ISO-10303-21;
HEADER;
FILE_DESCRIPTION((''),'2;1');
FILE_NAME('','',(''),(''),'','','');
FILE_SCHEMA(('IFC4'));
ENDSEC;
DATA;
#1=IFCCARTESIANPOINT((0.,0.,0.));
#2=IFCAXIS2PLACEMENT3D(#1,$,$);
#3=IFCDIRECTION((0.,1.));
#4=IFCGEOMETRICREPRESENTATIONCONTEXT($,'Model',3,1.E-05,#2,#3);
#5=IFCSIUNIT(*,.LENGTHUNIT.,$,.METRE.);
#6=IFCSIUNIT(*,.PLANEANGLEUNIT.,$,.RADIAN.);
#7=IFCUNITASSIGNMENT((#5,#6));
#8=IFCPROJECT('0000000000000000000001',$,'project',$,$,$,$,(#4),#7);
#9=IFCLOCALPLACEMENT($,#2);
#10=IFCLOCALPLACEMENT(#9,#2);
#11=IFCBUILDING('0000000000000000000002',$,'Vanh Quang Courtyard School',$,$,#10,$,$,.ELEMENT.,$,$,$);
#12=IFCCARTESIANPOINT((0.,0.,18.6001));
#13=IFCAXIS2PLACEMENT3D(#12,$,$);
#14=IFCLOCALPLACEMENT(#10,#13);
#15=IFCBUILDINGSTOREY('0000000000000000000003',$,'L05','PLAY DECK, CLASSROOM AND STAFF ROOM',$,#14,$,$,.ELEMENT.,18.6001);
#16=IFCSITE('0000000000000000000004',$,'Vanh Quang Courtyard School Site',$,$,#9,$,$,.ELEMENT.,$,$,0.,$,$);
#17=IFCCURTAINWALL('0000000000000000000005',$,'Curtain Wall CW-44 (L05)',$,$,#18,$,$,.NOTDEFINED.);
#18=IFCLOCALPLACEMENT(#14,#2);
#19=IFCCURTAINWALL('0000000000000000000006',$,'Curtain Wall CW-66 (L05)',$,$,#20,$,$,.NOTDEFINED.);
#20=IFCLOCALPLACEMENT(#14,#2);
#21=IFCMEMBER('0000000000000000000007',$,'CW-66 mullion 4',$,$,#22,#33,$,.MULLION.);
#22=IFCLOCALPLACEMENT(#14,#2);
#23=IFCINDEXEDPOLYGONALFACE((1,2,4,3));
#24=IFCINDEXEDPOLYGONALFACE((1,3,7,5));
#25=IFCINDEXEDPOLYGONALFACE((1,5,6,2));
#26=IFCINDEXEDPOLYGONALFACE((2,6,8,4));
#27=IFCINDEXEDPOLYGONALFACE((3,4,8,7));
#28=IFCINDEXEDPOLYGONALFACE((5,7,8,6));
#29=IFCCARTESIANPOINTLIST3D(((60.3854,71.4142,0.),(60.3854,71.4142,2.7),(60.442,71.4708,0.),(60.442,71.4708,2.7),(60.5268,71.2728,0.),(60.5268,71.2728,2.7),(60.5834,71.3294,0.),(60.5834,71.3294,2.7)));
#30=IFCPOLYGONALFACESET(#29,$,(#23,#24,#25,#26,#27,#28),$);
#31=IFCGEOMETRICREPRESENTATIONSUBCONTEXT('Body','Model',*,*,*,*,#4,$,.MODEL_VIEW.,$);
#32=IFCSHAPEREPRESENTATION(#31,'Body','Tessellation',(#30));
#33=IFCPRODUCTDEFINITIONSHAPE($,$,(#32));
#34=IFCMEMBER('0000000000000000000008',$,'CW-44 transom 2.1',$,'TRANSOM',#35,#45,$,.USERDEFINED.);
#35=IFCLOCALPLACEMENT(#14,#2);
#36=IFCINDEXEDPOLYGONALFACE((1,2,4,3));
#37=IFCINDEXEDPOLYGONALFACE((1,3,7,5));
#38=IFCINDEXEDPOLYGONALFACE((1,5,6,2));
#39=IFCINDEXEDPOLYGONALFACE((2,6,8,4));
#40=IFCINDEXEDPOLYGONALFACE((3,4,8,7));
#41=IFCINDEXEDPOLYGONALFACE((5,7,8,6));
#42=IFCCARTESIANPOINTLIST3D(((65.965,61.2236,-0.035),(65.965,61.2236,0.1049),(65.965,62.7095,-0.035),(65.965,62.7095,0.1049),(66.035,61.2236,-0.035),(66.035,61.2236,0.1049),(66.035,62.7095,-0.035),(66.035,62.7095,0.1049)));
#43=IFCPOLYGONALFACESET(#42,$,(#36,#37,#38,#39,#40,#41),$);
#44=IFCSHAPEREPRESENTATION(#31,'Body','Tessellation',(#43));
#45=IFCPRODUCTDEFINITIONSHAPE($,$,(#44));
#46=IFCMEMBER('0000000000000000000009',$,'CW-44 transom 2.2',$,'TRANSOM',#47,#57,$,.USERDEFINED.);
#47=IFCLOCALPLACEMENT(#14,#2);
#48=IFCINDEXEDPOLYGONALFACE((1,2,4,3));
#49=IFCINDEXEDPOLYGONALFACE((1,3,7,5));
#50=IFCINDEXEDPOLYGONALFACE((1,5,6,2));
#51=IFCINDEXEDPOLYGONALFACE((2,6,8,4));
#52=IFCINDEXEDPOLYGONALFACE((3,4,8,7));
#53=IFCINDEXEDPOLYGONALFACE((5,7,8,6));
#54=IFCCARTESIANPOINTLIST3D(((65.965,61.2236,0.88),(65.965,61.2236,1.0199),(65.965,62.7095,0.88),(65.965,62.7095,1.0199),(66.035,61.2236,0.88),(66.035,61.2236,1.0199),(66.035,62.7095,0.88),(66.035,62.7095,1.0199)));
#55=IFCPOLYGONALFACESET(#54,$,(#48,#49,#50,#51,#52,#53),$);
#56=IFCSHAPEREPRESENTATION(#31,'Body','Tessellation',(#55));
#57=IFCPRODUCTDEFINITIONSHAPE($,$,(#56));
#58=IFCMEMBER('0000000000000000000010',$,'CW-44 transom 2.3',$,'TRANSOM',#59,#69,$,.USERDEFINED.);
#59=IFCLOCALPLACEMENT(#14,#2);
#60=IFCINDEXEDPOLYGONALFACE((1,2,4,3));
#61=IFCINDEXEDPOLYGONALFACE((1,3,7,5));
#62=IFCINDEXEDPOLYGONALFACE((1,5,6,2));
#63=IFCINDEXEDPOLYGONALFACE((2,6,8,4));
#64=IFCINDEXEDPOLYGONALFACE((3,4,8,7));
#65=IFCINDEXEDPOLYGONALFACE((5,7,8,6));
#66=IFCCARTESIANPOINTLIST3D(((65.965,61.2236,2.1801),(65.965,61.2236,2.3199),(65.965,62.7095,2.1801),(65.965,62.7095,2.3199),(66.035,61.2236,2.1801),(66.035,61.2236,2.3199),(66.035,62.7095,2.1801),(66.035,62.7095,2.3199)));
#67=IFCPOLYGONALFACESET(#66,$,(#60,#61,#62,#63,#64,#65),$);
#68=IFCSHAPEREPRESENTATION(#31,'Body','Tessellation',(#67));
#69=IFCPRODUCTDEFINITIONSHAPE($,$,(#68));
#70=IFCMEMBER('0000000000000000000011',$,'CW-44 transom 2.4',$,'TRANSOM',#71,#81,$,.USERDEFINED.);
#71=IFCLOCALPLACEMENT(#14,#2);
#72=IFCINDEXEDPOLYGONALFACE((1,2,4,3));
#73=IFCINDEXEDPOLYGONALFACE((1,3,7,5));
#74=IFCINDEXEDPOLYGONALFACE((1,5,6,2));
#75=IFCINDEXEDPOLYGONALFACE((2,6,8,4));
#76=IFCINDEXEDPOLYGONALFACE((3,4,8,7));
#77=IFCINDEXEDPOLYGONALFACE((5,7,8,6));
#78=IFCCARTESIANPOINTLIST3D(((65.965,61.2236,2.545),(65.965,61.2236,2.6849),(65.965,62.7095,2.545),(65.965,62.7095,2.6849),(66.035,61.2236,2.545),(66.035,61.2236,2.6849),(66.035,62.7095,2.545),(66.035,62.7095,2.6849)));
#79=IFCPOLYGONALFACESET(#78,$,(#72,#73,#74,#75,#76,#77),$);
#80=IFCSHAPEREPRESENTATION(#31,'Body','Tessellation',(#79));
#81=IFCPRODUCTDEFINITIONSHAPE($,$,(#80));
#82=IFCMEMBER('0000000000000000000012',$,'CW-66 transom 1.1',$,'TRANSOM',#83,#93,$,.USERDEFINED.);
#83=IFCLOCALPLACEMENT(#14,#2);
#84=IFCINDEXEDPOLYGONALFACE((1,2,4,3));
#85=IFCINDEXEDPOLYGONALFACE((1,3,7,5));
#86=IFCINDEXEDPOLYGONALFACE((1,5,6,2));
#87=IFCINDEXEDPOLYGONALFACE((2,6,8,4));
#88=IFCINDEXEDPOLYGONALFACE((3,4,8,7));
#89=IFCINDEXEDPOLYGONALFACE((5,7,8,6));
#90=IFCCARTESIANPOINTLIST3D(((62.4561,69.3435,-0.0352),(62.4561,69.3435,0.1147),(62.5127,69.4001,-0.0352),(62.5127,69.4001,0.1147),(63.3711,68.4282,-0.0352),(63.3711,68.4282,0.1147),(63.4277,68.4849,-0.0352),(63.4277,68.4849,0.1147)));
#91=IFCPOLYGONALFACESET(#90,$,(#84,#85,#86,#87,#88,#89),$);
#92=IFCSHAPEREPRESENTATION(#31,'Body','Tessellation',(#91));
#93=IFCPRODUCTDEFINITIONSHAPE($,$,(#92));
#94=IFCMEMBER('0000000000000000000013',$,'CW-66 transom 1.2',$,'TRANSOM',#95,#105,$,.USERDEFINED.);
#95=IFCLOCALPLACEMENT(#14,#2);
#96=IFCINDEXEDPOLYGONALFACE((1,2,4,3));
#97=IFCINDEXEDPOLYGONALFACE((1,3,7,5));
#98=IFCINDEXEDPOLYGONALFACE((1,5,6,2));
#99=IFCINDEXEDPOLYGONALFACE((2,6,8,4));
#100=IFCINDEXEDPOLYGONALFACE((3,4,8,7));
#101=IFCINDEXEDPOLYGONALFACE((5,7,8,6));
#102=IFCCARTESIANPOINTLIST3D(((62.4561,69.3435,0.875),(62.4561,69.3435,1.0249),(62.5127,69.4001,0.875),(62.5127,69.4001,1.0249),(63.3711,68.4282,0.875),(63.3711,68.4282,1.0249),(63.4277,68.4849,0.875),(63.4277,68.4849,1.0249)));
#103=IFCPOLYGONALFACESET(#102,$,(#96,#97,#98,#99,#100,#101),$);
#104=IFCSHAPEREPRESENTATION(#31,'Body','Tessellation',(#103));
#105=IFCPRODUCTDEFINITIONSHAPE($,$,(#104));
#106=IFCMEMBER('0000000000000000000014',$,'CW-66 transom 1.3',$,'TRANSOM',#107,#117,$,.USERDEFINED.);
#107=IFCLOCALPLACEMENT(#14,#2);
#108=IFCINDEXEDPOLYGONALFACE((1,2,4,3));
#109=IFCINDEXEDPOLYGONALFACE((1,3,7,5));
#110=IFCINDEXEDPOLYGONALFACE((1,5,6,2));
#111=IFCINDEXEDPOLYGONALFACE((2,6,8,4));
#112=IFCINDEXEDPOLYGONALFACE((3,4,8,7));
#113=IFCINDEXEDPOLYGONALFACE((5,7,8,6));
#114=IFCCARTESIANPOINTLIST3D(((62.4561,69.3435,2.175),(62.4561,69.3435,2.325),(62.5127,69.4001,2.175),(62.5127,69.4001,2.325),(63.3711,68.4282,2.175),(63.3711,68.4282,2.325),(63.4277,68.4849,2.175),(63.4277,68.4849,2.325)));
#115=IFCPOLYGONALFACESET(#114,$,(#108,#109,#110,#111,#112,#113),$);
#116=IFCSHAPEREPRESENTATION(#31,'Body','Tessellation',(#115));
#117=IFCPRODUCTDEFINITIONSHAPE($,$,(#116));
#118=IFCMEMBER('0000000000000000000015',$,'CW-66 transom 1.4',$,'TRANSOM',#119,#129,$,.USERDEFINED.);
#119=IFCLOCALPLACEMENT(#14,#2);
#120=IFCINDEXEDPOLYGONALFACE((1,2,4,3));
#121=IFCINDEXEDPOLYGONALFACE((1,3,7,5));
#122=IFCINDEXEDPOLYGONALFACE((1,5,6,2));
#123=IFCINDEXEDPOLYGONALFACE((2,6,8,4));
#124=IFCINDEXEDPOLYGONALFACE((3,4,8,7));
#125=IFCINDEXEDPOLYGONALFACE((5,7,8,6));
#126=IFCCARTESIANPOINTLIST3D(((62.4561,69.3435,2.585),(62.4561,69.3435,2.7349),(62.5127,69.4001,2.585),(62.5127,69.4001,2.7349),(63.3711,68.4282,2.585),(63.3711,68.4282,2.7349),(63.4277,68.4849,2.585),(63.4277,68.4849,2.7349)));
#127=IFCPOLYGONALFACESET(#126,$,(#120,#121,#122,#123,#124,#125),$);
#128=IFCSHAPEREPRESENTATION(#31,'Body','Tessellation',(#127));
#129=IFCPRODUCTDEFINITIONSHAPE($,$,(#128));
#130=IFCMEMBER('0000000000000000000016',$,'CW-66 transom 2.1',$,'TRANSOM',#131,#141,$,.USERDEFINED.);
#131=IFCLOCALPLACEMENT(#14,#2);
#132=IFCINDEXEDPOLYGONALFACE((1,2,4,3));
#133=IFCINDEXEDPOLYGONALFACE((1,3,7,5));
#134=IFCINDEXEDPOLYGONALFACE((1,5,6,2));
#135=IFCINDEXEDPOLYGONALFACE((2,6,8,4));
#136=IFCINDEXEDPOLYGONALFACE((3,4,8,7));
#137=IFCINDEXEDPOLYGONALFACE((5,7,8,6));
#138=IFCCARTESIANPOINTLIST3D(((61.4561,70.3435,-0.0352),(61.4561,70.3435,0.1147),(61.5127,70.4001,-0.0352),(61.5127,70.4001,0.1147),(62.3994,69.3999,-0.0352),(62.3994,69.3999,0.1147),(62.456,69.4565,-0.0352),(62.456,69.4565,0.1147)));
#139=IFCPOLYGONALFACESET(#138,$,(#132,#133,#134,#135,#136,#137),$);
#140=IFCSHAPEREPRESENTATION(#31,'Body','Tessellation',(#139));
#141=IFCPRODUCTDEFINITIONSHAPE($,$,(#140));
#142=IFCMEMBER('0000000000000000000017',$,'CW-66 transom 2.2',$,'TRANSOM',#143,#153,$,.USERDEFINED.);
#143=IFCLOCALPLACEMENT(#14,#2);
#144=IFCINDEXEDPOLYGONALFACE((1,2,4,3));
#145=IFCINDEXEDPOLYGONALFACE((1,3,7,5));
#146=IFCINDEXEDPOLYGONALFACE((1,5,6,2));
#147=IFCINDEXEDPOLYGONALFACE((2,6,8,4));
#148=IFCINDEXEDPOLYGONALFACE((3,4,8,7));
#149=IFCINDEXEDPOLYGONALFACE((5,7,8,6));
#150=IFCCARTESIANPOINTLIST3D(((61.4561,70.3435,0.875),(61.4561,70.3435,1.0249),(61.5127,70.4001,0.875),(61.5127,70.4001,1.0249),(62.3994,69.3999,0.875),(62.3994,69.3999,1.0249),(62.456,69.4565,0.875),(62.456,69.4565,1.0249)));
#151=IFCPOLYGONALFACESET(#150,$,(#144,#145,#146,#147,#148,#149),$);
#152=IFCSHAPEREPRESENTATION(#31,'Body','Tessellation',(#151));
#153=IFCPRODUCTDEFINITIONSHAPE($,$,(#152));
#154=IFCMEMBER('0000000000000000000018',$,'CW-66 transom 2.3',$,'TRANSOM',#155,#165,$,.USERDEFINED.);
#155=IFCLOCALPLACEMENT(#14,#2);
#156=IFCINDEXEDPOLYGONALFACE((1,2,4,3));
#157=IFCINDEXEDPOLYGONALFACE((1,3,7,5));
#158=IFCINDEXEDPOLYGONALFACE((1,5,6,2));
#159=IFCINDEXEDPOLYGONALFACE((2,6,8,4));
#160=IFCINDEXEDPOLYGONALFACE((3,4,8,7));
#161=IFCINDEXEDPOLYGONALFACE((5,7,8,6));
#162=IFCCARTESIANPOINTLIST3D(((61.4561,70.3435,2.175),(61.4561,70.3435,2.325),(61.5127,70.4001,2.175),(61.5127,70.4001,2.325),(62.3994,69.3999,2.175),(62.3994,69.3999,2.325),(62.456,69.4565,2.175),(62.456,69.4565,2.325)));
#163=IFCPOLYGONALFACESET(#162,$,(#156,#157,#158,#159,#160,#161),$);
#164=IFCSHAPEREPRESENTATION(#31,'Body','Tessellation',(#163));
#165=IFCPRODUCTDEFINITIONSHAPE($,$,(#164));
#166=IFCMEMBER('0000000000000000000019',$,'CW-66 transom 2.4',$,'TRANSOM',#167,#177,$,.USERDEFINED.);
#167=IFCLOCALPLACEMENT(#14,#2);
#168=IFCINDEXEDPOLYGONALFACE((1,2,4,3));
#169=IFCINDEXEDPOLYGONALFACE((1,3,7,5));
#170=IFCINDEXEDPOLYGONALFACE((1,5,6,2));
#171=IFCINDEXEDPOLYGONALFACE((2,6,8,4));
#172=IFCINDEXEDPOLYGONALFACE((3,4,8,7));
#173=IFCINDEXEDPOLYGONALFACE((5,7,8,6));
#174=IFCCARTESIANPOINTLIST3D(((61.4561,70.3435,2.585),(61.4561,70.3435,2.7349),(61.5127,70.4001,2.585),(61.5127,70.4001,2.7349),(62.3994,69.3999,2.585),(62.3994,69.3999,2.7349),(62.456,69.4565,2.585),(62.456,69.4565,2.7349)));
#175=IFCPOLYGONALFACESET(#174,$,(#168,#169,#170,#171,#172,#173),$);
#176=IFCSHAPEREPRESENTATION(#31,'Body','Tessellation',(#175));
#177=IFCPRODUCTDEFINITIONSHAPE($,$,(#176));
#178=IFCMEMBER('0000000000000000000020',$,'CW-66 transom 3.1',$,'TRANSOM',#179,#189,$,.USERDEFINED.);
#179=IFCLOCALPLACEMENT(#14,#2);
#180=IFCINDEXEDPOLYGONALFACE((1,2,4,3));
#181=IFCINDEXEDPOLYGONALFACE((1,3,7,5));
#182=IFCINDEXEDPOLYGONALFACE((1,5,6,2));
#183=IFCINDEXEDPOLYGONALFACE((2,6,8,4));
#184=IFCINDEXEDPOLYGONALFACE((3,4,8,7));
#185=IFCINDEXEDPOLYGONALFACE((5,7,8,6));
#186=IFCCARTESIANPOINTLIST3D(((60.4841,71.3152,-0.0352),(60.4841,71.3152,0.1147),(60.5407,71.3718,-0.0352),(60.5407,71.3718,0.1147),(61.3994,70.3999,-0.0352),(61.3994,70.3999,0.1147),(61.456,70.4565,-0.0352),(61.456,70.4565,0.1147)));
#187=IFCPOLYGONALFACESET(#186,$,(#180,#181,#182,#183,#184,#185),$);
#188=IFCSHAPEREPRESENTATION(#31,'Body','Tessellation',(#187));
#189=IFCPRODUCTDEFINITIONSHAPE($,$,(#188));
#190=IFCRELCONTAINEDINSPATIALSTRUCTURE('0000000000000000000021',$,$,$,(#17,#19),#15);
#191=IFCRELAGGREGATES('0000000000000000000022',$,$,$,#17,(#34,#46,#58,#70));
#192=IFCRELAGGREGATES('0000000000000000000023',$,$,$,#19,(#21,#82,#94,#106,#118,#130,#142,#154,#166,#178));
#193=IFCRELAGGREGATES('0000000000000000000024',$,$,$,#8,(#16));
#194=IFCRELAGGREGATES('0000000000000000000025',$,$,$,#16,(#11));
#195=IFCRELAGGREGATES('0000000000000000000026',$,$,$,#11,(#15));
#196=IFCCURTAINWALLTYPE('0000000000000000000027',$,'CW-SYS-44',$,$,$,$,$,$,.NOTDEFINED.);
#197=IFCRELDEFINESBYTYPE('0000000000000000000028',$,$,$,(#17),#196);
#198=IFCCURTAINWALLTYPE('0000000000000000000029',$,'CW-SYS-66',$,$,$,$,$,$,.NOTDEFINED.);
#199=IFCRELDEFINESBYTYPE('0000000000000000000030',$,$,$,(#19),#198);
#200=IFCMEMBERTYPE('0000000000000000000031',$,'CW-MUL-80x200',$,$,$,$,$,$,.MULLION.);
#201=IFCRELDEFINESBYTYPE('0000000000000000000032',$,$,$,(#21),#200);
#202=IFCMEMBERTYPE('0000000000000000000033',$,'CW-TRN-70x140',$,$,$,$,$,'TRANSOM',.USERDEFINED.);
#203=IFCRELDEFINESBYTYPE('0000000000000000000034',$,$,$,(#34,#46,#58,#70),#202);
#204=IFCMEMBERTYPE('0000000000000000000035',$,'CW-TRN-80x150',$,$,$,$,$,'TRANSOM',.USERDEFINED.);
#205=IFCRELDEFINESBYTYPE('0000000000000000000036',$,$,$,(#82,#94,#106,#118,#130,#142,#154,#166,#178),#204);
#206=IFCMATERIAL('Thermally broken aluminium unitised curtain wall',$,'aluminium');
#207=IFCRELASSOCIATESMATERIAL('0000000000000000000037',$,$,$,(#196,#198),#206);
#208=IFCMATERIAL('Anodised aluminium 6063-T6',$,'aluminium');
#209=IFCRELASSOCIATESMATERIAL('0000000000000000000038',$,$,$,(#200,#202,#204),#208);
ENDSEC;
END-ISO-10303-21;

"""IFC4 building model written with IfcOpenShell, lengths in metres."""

from ifc_helpers import new_model, si_unit, direction, frame, origin, origin_2d, place, context, subcontext, project, spatial, rectangle, extrude, material, material_profile, profile_set, type_object, element, aggregate, save


model = new_model("IFC4")

# Units and contexts
model_context = context("Model", 3, precision=1e-05, world=origin(), true_north=direction((0.0, 1.0)))
body_context = subcontext(model_context, "Body", "Model", "MODEL_VIEW")
ifc_project = project(units=[si_unit("LENGTHUNIT", "METRE"), si_unit("PLANEANGLEUNIT", "RADIAN")], contexts=[model_context])

# Site, building, storey
site_placement = place(None, origin())
site = spatial("IfcSite", under=ifc_project, at=site_placement, Name="Vanh Quang Courtyard School Site", CompositionType="ELEMENT", RefElevation=0.0)
building_placement = place(site_placement, origin())
building = spatial("IfcBuilding", under=site, at=building_placement, Name="Vanh Quang Courtyard School", CompositionType="ELEMENT")
storey_placement = place(building_placement, frame((0.0, 0.0, 18.6001)))
storey = spatial("IfcBuildingStorey", under=building, at=storey_placement, Name="L05", Description="PLAY DECK, CLASSROOM AND STAFF ROOM", CompositionType="ELEMENT", Elevation=18.6001)

# Curtain walls, member
ifc_material_1 = material(Name="Thermally broken aluminium unitised curtain wall", Category="aluminium")
curtain_wall_type_1 = type_object("IfcCurtainWallType", Name="CW-SYS-44", PredefinedType="NOTDEFINED", material=ifc_material_1)
curtain_wall_1_placement = place(storey_placement, origin())
curtain_wall_1 = element("IfcCurtainWall", 1, at=curtain_wall_1_placement, inside=storey, type_object=curtain_wall_type_1, Name="Curtain Wall CW-44 (L05)", PredefinedType="NOTDEFINED")
ifc_material_2 = material(Name="Anodised aluminium 6063-T6", Category="aluminium")
curtain_wall_type_2 = type_object("IfcCurtainWallType", Name="CW-SYS-66", PredefinedType="NOTDEFINED", material=ifc_material_1)
curtain_wall_2_placement = place(storey_placement, origin())
curtain_wall_2 = element("IfcCurtainWall", 2, at=curtain_wall_2_placement, inside=storey, type_object=curtain_wall_type_2, Name="Curtain Wall CW-66 (L05)", PredefinedType="NOTDEFINED")
ifc_material_profile_1 = material_profile(ifc_material_2, rectangle(XDim=0.0801, YDim=0.2, at=origin_2d()), Name="ALU-MUL 80x200")
ifc_profile_set_1 = profile_set([ifc_material_profile_1], Name="Anodised aluminium 6063-T6")
member_type_1 = type_object("IfcMemberType", Name="CW-MUL-80x200", PredefinedType="MULLION", material=ifc_profile_set_1)
member_1_placement = place(storey_placement, frame((60.4844, 71.3718, 0.0), z_axis=(0.0, 0.0, 1.0), x_axis=(-0.707107, -0.707107, 0.0)))
member_1 = element("IfcMember", 3, at=member_1_placement, type_object=member_type_1, Name="CW-66 mullion 4", PredefinedType="MULLION", context=body_context, shape_type="SweptSolid", body=[
    extrude(rectangle(XDim=0.0801, YDim=0.2, at=origin_2d()), origin(), (0.0, 0.0, 1.0), 2.7),
])

# Members
ifc_material_profile_2 = material_profile(ifc_material_2, rectangle(XDim=0.0701, YDim=0.1399, at=origin_2d()), Name="ALU-TRN 70x140")
ifc_profile_set_2 = profile_set([ifc_material_profile_2], Name="Anodised aluminium 6063-T6")
member_type_2 = type_object("IfcMemberType", Name="CW-TRN-70x140", ElementType="TRANSOM", PredefinedType="USERDEFINED", material=ifc_profile_set_2)
member_2_placement = place(storey_placement, frame((66.0, 61.2236, 0.0349), z_axis=(0.0, 1.0, 0.0), x_axis=(-1.0, 0.0, 0.0)))
member_2 = element("IfcMember", 4, at=member_2_placement, type_object=member_type_2, Name="CW-44 transom 2.1", ObjectType="TRANSOM", PredefinedType="USERDEFINED", context=body_context, shape_type="SweptSolid", body=[
    extrude(rectangle(XDim=0.0701, YDim=0.1399, at=origin_2d()), origin(), (0.0, 0.0, 1.0), 1.4858),
])
member_3_placement = place(storey_placement, frame((66.0, 61.2236, 0.95), z_axis=(0.0, 1.0, 0.0), x_axis=(-1.0, 0.0, 0.0)))
member_3 = element("IfcMember", 5, at=member_3_placement, type_object=member_type_2, Name="CW-44 transom 2.2", ObjectType="TRANSOM", PredefinedType="USERDEFINED", context=body_context, shape_type="SweptSolid", body=[
    extrude(rectangle(XDim=0.0701, YDim=0.1399, at=origin_2d()), origin(), (0.0, 0.0, 1.0), 1.4858),
])
member_4_placement = place(storey_placement, frame((66.0, 61.2236, 2.25), z_axis=(0.0, 1.0, 0.0), x_axis=(-1.0, 0.0, 0.0)))
member_4 = element("IfcMember", 6, at=member_4_placement, type_object=member_type_2, Name="CW-44 transom 2.3", ObjectType="TRANSOM", PredefinedType="USERDEFINED", context=body_context, shape_type="SweptSolid", body=[
    extrude(rectangle(XDim=0.0701, YDim=0.1399, at=origin_2d()), origin(), (0.0, 0.0, 1.0), 1.4858),
])
member_5_placement = place(storey_placement, frame((66.0, 61.2236, 2.615), z_axis=(0.0, 1.0, 0.0), x_axis=(-1.0, 0.0, 0.0)))
member_5 = element("IfcMember", 7, at=member_5_placement, type_object=member_type_2, Name="CW-44 transom 2.4", ObjectType="TRANSOM", PredefinedType="USERDEFINED", context=body_context, shape_type="SweptSolid", body=[
    extrude(rectangle(XDim=0.0701, YDim=0.1399, at=origin_2d()), origin(), (0.0, 0.0, 1.0), 1.4858),
])
aggregate(curtain_wall_1, [member_2, member_3, member_4, member_5])
ifc_material_profile_3 = material_profile(ifc_material_2, rectangle(XDim=0.0801, YDim=0.1499, at=origin_2d()), Name="ALU-TRN 80x150")
ifc_profile_set_3 = profile_set([ifc_material_profile_3], Name="Anodised aluminium 6063-T6")
member_type_3 = type_object("IfcMemberType", Name="CW-TRN-80x150", ElementType="TRANSOM", PredefinedType="USERDEFINED", material=ifc_profile_set_3)
member_6_placement = place(storey_placement, frame((63.3994, 68.4565, 0.0398), z_axis=(-0.707012, 0.707201, 0.0), x_axis=(-0.707201, -0.707012, 0.0)))
member_6 = element("IfcMember", 8, at=member_6_placement, type_object=member_type_3, Name="CW-66 transom 1.1", ObjectType="TRANSOM", PredefinedType="USERDEFINED", context=body_context, shape_type="SweptSolid", body=[
    extrude(rectangle(XDim=0.0801, YDim=0.1499, at=origin_2d()), origin(), (0.0, 0.0, 1.0), 1.2942),
])
member_7_placement = place(storey_placement, frame((63.3994, 68.4565, 0.95), z_axis=(-0.707012, 0.707201, 0.0), x_axis=(-0.707201, -0.707012, 0.0)))
member_7 = element("IfcMember", 9, at=member_7_placement, type_object=member_type_3, Name="CW-66 transom 1.2", ObjectType="TRANSOM", PredefinedType="USERDEFINED", context=body_context, shape_type="SweptSolid", body=[
    extrude(rectangle(XDim=0.0801, YDim=0.1499, at=origin_2d()), origin(), (0.0, 0.0, 1.0), 1.2942),
])
member_8_placement = place(storey_placement, frame((63.3994, 68.4565, 2.25), z_axis=(-0.707012, 0.707201, 0.0), x_axis=(-0.707201, -0.707012, 0.0)))
member_8 = element("IfcMember", 10, at=member_8_placement, type_object=member_type_3, Name="CW-66 transom 1.3", ObjectType="TRANSOM", PredefinedType="USERDEFINED", context=body_context, shape_type="SweptSolid", body=[
    extrude(rectangle(XDim=0.0801, YDim=0.1499, at=origin_2d()), origin(), (0.0, 0.0, 1.0), 1.2942),
])
member_9_placement = place(storey_placement, frame((63.3994, 68.4565, 2.6599), z_axis=(-0.707012, 0.707201, 0.0), x_axis=(-0.707201, -0.707012, 0.0)))
member_9 = element("IfcMember", 11, at=member_9_placement, type_object=member_type_3, Name="CW-66 transom 1.4", ObjectType="TRANSOM", PredefinedType="USERDEFINED", context=body_context, shape_type="SweptSolid", body=[
    extrude(rectangle(XDim=0.0801, YDim=0.1499, at=origin_2d()), origin(), (0.0, 0.0, 1.0), 1.2942),
])
member_10_placement = place(storey_placement, frame((62.4277, 69.4282, 0.0398), z_axis=(-0.707015, 0.707198, 0.0), x_axis=(-0.707198, -0.707015, 0.0)))
member_10 = element("IfcMember", 12, at=member_10_placement, type_object=member_type_3, Name="CW-66 transom 2.1", ObjectType="TRANSOM", PredefinedType="USERDEFINED", context=body_context, shape_type="SweptSolid", body=[
    extrude(rectangle(XDim=0.0801, YDim=0.1499, at=origin_2d()), origin(), (0.0, 0.0, 1.0), 1.3342),
])
member_11_placement = place(storey_placement, frame((62.4277, 69.4282, 0.95), z_axis=(-0.707015, 0.707198, 0.0), x_axis=(-0.707198, -0.707015, 0.0)))
member_11 = element("IfcMember", 13, at=member_11_placement, type_object=member_type_3, Name="CW-66 transom 2.2", ObjectType="TRANSOM", PredefinedType="USERDEFINED", context=body_context, shape_type="SweptSolid", body=[
    extrude(rectangle(XDim=0.0801, YDim=0.1499, at=origin_2d()), origin(), (0.0, 0.0, 1.0), 1.3342),
])
member_12_placement = place(storey_placement, frame((62.4277, 69.4282, 2.25), z_axis=(-0.707015, 0.707198, 0.0), x_axis=(-0.707198, -0.707015, 0.0)))
member_12 = element("IfcMember", 14, at=member_12_placement, type_object=member_type_3, Name="CW-66 transom 2.3", ObjectType="TRANSOM", PredefinedType="USERDEFINED", context=body_context, shape_type="SweptSolid", body=[
    extrude(rectangle(XDim=0.0801, YDim=0.1499, at=origin_2d()), origin(), (0.0, 0.0, 1.0), 1.3342),
])
member_13_placement = place(storey_placement, frame((62.4277, 69.4282, 2.6599), z_axis=(-0.707015, 0.707198, 0.0), x_axis=(-0.707198, -0.707015, 0.0)))
member_13 = element("IfcMember", 15, at=member_13_placement, type_object=member_type_3, Name="CW-66 transom 2.4", ObjectType="TRANSOM", PredefinedType="USERDEFINED", context=body_context, shape_type="SweptSolid", body=[
    extrude(rectangle(XDim=0.0801, YDim=0.1499, at=origin_2d()), origin(), (0.0, 0.0, 1.0), 1.3342),
])
member_14_placement = place(storey_placement, frame((61.4277, 70.4282, 0.0398), z_axis=(-0.707107, 0.707107, 0.0), x_axis=(-0.707107, -0.707107, 0.0)))
member_14 = element("IfcMember", 16, at=member_14_placement, type_object=member_type_3, Name="CW-66 transom 3.1", ObjectType="TRANSOM", PredefinedType="USERDEFINED", context=body_context, shape_type="SweptSolid", body=[
    extrude(rectangle(XDim=0.0801, YDim=0.1499, at=origin_2d()), origin(), (0.0, 0.0, 1.0), 1.2944),
])

aggregate(curtain_wall_2, [member_1, member_6, member_7, member_8, member_9, member_10, member_11, member_12, member_13, member_14])

save(model, "model.ifc")
